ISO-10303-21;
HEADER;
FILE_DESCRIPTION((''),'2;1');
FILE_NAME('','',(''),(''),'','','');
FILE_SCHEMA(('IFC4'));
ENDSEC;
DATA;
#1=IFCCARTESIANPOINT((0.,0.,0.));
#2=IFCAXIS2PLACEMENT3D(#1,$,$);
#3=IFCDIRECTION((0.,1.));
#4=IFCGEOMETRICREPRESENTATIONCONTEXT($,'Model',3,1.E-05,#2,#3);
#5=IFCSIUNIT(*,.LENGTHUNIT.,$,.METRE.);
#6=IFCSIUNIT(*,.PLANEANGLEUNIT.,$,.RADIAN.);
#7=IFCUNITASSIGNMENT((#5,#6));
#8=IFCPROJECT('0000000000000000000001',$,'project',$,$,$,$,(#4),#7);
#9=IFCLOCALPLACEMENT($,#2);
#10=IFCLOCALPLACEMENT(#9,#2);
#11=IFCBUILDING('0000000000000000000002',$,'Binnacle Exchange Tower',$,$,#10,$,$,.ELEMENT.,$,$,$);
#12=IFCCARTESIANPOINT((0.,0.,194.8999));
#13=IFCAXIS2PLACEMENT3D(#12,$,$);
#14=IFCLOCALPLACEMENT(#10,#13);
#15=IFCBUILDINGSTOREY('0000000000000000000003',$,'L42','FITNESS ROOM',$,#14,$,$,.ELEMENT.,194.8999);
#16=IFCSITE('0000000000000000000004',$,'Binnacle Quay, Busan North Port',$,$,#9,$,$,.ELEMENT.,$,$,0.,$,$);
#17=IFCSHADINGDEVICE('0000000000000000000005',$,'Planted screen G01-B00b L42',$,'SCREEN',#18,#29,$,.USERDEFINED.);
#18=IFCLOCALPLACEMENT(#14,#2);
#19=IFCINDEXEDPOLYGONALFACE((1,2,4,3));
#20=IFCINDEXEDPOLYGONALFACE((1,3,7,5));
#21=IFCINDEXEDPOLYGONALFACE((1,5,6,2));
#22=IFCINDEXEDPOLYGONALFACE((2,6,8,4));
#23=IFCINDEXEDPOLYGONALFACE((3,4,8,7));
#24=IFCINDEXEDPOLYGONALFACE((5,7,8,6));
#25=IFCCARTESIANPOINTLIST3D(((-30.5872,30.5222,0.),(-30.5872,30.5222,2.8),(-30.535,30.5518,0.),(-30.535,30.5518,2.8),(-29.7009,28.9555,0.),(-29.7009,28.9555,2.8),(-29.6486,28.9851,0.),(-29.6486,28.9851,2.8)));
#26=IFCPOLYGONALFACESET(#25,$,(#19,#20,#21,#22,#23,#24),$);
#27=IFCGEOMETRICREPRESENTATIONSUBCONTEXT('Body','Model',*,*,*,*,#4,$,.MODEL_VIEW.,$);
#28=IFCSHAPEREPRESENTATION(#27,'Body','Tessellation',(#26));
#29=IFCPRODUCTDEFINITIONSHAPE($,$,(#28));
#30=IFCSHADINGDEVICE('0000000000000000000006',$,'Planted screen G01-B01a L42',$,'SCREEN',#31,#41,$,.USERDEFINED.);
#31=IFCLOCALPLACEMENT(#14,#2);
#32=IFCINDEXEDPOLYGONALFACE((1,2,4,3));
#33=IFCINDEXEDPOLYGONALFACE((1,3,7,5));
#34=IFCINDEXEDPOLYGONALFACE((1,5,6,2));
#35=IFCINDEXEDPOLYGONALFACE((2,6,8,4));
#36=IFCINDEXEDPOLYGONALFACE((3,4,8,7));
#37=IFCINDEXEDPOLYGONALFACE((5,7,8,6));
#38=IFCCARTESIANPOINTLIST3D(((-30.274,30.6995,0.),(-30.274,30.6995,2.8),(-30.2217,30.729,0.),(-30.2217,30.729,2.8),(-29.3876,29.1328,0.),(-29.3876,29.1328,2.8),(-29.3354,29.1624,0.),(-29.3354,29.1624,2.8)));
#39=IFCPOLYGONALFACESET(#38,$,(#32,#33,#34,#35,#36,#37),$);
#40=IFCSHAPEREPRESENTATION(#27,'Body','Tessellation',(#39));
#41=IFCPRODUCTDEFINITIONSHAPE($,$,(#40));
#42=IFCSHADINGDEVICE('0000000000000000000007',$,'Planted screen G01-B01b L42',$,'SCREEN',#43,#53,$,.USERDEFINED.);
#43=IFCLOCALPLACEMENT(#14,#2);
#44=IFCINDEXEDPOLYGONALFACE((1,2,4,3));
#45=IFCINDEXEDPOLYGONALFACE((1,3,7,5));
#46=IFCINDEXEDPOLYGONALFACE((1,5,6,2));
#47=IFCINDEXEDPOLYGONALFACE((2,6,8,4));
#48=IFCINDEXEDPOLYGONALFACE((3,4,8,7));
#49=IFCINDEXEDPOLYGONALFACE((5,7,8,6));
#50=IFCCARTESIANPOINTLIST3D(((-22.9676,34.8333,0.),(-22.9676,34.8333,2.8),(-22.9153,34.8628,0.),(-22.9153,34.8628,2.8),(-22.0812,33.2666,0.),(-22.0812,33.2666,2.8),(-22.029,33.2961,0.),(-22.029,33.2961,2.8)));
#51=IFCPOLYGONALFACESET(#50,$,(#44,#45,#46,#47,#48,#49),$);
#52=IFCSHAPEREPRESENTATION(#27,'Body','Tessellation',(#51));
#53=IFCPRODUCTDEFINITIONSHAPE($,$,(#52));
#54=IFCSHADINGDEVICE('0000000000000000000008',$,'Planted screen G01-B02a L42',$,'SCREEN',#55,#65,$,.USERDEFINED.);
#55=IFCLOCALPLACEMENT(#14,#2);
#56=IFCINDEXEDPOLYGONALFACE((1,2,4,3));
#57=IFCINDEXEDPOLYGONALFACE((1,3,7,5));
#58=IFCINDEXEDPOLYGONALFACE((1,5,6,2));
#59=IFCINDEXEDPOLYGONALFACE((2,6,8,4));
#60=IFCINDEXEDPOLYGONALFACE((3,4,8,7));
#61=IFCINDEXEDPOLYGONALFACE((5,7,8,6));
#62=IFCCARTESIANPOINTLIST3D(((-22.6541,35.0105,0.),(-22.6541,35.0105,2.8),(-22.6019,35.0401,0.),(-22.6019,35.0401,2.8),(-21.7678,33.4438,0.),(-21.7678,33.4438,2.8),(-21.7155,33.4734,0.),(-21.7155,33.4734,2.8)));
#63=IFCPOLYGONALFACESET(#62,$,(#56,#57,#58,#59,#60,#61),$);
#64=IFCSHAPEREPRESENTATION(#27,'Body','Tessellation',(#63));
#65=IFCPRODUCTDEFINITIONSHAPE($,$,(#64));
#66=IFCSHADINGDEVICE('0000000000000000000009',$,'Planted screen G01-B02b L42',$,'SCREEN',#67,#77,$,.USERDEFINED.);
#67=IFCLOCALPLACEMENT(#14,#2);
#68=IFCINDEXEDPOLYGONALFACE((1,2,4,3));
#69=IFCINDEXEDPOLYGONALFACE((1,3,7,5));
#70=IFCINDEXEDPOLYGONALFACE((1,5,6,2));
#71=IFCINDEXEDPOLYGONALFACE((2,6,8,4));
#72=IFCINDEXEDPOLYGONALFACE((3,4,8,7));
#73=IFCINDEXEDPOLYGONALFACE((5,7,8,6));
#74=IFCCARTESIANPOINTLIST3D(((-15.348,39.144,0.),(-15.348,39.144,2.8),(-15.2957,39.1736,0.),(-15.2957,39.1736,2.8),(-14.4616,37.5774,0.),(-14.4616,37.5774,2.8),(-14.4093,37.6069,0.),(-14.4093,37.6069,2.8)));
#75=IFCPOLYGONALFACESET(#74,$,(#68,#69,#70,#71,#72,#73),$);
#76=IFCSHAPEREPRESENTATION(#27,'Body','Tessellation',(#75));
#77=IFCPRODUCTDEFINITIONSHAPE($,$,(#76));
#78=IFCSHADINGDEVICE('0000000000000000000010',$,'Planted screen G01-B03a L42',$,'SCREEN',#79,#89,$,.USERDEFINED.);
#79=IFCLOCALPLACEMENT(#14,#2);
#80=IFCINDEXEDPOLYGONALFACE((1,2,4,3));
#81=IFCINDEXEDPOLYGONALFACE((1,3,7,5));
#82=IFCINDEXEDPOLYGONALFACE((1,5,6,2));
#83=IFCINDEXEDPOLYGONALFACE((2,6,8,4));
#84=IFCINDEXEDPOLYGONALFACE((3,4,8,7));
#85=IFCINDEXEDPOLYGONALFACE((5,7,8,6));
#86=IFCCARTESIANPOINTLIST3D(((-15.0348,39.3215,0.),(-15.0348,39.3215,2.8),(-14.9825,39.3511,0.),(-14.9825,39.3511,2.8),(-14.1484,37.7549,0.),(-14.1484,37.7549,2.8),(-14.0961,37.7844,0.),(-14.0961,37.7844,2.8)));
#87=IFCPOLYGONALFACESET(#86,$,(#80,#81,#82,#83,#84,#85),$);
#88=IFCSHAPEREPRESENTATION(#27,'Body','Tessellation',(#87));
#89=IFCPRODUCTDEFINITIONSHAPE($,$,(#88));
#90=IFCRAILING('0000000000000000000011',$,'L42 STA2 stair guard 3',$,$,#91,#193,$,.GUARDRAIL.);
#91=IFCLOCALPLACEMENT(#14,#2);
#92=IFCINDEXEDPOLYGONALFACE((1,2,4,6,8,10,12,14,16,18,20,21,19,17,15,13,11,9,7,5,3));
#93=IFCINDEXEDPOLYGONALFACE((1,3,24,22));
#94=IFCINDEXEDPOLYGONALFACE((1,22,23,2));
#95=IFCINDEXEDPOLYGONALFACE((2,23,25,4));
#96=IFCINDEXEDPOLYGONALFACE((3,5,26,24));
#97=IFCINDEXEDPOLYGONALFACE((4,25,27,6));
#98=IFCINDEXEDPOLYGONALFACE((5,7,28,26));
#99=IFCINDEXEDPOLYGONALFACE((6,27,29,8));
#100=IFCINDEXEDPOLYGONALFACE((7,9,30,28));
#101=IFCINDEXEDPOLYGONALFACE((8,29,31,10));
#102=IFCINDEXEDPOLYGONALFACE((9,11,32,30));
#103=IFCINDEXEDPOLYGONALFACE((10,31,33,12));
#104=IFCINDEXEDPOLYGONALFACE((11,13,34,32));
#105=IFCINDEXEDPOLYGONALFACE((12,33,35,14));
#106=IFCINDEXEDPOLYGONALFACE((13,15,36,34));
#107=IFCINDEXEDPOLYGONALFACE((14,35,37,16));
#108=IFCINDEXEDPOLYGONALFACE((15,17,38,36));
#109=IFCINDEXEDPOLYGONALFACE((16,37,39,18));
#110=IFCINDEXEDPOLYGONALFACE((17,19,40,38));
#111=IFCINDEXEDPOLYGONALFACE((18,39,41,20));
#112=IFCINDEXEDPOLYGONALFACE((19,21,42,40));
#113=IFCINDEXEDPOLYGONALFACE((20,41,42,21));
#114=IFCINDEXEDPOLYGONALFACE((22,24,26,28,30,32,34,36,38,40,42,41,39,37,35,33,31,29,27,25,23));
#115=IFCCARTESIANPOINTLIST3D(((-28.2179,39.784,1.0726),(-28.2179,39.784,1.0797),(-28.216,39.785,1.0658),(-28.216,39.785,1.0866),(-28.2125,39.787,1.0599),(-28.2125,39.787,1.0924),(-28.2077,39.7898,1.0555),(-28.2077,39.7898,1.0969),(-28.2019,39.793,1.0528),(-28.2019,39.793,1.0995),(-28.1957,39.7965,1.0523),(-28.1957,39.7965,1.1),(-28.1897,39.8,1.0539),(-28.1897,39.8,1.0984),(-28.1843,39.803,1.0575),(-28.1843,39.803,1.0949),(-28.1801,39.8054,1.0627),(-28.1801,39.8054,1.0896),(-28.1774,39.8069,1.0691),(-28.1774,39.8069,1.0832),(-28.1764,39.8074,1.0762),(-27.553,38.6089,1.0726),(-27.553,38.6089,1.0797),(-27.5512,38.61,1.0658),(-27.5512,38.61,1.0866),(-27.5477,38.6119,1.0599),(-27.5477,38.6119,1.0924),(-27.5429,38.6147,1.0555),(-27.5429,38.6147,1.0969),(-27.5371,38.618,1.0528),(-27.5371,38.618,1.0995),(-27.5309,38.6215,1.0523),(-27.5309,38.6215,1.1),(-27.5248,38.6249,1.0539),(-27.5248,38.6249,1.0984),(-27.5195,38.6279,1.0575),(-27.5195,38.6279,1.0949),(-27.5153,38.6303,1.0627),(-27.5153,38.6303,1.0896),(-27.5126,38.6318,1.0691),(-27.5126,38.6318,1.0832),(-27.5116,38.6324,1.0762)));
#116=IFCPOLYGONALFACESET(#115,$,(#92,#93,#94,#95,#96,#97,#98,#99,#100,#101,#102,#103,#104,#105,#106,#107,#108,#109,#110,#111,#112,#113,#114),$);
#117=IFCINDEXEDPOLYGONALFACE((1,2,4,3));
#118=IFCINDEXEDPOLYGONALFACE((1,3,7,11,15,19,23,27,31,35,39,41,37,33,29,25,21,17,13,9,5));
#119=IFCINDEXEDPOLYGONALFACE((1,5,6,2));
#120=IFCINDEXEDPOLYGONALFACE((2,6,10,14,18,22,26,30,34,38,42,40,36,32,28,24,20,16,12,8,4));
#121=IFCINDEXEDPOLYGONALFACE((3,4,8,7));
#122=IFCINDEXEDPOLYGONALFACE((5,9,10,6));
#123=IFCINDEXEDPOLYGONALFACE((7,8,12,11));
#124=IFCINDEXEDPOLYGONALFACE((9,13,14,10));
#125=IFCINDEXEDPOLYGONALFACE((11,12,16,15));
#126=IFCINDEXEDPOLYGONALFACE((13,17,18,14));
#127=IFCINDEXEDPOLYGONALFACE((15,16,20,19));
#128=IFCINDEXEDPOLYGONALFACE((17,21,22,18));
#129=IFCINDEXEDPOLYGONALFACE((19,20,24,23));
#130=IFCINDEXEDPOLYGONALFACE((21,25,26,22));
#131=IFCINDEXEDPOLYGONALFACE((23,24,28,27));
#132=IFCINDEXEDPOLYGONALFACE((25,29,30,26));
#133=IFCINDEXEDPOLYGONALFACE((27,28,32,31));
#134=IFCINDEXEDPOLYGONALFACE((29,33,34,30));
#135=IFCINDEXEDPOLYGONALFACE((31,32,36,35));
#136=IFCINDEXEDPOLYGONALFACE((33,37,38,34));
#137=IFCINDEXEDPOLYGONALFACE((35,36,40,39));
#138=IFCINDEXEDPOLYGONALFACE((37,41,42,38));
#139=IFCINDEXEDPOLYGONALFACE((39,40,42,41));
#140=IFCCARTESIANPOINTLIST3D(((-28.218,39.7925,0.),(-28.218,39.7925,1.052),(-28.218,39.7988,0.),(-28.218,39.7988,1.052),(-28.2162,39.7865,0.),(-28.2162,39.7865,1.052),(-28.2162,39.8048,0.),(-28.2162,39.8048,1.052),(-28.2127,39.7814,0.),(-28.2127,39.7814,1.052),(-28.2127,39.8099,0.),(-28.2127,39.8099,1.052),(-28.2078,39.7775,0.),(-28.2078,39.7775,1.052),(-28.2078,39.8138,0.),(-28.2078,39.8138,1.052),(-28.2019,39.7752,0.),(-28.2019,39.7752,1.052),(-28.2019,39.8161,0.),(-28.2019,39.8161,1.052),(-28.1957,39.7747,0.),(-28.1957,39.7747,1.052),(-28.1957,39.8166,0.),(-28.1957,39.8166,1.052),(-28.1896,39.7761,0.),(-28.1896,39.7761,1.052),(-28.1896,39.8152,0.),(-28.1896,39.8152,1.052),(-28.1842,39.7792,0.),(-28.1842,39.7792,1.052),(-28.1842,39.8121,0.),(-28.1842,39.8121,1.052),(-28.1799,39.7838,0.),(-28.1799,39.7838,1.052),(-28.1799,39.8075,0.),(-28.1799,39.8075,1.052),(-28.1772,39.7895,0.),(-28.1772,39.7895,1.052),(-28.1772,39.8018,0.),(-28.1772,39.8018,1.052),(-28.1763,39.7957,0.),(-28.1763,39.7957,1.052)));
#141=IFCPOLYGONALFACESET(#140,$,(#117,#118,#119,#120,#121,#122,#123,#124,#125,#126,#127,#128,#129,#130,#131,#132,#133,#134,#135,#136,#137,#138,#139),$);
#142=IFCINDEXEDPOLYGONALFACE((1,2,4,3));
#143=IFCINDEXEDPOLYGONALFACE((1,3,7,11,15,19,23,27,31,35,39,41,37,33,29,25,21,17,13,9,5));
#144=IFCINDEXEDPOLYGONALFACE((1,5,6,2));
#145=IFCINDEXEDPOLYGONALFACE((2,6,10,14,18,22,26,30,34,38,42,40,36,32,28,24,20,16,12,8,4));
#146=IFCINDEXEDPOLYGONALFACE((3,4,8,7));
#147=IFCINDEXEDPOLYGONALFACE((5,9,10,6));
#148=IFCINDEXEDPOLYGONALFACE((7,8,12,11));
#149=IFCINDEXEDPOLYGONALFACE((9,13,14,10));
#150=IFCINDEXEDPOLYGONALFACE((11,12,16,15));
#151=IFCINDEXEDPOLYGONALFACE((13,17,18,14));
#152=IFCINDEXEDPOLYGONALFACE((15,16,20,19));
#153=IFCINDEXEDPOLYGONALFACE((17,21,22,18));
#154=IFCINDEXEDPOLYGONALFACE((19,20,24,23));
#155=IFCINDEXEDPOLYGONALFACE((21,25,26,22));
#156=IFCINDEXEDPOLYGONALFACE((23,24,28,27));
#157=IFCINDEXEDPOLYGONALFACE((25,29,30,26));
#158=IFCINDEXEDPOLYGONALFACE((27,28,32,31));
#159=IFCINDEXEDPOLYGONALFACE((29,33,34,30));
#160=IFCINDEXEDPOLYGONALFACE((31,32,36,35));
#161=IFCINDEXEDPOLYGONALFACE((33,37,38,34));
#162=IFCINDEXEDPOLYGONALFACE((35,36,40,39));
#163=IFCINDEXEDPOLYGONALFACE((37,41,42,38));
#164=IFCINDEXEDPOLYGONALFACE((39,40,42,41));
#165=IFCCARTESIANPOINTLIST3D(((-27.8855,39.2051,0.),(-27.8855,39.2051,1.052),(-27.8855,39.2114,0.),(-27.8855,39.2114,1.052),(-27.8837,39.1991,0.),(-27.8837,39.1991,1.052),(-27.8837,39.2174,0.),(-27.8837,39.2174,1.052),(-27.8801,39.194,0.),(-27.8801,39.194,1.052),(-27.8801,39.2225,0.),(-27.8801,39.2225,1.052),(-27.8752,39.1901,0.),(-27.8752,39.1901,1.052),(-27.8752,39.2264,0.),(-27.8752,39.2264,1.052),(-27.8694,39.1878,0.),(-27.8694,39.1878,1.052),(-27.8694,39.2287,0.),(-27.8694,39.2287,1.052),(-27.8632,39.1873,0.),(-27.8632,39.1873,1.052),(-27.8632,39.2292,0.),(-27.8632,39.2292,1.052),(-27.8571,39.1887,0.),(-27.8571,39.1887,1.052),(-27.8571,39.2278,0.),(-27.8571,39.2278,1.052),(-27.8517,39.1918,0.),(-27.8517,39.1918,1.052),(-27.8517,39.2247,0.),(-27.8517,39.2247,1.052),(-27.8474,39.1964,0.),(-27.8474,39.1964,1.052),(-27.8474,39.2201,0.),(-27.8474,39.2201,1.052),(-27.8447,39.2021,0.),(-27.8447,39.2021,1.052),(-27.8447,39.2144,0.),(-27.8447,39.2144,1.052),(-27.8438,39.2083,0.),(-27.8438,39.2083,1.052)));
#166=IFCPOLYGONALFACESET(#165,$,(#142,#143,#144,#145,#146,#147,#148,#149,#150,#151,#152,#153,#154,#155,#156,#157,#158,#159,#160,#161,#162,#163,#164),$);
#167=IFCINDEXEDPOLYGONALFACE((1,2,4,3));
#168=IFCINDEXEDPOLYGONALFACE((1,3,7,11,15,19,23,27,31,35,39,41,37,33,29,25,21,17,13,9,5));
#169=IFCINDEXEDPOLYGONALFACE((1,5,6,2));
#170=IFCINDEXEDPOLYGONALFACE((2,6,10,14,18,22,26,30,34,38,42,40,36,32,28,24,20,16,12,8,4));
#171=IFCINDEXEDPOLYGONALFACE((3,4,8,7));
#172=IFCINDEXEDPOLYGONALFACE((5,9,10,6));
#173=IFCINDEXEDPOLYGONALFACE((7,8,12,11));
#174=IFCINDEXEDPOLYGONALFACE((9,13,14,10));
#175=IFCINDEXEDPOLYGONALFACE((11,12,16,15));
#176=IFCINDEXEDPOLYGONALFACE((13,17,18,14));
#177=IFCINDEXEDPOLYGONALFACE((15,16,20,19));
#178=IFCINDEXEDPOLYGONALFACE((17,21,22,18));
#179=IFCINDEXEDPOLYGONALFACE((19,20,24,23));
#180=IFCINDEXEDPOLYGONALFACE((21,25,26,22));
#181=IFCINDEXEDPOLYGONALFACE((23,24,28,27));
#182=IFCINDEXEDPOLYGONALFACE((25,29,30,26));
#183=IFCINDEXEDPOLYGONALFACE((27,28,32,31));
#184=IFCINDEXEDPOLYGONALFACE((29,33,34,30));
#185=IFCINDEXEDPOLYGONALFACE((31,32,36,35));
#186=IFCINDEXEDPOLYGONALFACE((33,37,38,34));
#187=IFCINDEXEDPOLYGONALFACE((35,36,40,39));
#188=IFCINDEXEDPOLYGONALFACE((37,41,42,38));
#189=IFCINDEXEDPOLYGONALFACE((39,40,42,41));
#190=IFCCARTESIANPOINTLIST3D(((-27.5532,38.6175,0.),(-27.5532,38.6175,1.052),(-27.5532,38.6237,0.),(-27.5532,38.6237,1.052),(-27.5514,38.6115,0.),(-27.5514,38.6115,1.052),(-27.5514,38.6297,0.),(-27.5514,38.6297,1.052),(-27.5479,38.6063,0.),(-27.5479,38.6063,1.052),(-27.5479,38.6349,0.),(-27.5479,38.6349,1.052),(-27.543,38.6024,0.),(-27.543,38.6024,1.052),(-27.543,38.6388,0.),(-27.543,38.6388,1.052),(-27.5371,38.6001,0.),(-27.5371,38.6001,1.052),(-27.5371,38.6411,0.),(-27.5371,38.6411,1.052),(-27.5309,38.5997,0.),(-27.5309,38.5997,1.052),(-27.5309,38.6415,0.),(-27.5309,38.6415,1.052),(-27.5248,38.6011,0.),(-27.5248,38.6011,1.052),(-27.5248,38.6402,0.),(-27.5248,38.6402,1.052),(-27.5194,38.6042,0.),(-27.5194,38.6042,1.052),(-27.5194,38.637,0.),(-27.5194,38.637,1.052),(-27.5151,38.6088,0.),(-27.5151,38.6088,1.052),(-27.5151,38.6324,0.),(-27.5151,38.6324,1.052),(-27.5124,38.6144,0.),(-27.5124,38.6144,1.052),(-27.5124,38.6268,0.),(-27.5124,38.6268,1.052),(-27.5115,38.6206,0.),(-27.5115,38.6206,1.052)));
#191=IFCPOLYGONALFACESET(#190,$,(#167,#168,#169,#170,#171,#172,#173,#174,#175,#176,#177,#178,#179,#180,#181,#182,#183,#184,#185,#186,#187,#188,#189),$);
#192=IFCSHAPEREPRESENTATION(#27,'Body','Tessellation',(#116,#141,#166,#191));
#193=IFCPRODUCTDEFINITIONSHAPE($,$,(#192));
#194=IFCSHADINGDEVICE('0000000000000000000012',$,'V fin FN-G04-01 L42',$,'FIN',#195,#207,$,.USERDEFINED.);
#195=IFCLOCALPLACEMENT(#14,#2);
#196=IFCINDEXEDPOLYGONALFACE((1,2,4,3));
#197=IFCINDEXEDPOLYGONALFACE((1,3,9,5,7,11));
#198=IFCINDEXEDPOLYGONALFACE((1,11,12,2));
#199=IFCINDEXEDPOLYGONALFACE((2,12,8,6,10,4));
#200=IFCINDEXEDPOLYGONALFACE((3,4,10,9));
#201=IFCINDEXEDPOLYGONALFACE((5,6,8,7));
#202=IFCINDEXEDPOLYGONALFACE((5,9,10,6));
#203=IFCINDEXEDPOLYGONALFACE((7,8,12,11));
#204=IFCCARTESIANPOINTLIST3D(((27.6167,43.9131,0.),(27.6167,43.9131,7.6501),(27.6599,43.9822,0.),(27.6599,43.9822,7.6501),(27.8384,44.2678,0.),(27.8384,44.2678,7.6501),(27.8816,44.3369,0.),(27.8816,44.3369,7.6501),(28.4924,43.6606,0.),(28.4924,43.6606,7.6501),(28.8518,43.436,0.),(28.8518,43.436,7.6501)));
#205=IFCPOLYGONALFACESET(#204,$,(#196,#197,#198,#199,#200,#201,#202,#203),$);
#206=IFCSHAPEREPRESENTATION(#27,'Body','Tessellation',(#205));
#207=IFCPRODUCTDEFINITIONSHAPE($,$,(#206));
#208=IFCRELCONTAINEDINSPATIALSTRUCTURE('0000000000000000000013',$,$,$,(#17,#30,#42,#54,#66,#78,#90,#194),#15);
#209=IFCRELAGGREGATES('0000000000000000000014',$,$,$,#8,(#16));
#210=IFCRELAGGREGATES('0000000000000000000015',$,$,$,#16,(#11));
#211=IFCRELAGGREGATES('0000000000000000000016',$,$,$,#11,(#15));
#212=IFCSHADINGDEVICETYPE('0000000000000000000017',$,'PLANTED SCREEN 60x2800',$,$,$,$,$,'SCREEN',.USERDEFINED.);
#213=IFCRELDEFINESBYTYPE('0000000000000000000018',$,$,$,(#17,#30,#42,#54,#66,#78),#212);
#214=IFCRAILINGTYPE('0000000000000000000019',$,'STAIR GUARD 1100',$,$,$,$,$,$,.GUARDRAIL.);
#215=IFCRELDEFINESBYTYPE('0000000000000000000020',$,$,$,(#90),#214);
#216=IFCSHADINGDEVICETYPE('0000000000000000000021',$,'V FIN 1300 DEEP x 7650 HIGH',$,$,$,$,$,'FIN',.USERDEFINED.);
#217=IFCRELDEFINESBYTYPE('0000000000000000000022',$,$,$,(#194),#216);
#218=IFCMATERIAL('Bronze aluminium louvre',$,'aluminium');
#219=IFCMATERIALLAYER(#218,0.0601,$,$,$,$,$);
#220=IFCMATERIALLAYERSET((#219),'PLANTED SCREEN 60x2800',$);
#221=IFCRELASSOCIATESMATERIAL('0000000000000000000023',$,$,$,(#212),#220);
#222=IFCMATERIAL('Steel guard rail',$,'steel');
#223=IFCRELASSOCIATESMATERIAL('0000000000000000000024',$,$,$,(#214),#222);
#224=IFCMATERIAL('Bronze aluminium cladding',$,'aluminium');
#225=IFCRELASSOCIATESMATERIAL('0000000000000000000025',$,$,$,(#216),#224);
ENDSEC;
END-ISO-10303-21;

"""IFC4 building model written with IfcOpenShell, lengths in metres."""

from ifc_helpers import new_model, si_unit, direction, frame, origin, origin_2d, place, context, subcontext, project, spatial, polyline, rectangle, circle, outline, extrude, material, layer, layer_set, type_object, element, save


model = new_model("IFC4")

# Units and contexts
model_context = context("Model", 3, precision=1e-05, world=origin(), true_north=direction((0.0, 1.0)))
body_context = subcontext(model_context, "Body", "Model", "MODEL_VIEW")
ifc_project = project(units=[si_unit("LENGTHUNIT", "METRE"), si_unit("PLANEANGLEUNIT", "RADIAN")], contexts=[model_context])

# Site, building, storey
site_placement = place(None, origin())
site = spatial("IfcSite", under=ifc_project, at=site_placement, Name="Binnacle Quay, Busan North Port", CompositionType="ELEMENT", RefElevation=0.0)
building_placement = place(site_placement, origin())
building = spatial("IfcBuilding", under=site, at=building_placement, Name="Binnacle Exchange Tower", CompositionType="ELEMENT")
storey_placement = place(building_placement, frame((0.0, 0.0, 194.8999)))
storey = spatial("IfcBuildingStorey", under=building, at=storey_placement, Name="L42", Description="FITNESS ROOM", CompositionType="ELEMENT", Elevation=194.8999)

# Shading devices
ifc_material_1 = material(Name="Bronze aluminium louvre", Category="aluminium")
ifc_layer_1 = layer(ifc_material_1, 0.0601)
ifc_layer_set_1 = layer_set([ifc_layer_1], Name="PLANTED SCREEN 60x2800")
shading_device_type_1 = type_object("IfcShadingDeviceType", Name="PLANTED SCREEN 60x2800", ElementType="SCREEN", PredefinedType="USERDEFINED", material=ifc_layer_set_1)
for number, where, z_axis, x_axis, name in (
    (1, (-30.1179, 29.7537, 0.0), (0.0, 0.0, 1.0), (0.870356, 0.492424, 0.0), "Planted screen G01-B00b L42"),
    (2, (-29.8047, 29.9309, 0.0), (0.0, 0.0, 1.0), (0.870356, 0.492424, 0.0), "Planted screen G01-B01a L42"),
    (3, (-22.4983, 34.0647, 0.0), (0.0, 0.0, 1.0), (0.870356, 0.492424, 0.0), "Planted screen G01-B01b L42"),
    (4, (-22.1848, 34.2419, 0.0), (0.0, 0.0, 1.0), (0.870356, 0.492424, 0.0), "Planted screen G01-B02a L42"),
    (5, (-14.8787, 38.3755, 0.0), (0.0, 0.0, 1.0), (0.870356, 0.492424, 0.0), "Planted screen G01-B02b L42"),
    (6, (-14.5654, 38.553, 0.0), (0.0, 0.0, 1.0), (0.870356, 0.492424, 0.0), "Planted screen G01-B03a L42"),
):
    element("IfcShadingDevice", number, at=place(storey_placement, frame(where, z_axis=z_axis, x_axis=x_axis)), inside=storey, type_object=shading_device_type_1, Name=name, ObjectType="SCREEN", PredefinedType="USERDEFINED", context=body_context, shape_type="SweptSolid", body=[
        extrude(rectangle(XDim=0.0601, YDim=1.8, at=origin_2d()), origin(), (0.0, 0.0, 1.0), 2.8),
    ])

# Railing
ifc_material_2 = material(Name="Steel guard rail", Category="steel")
railing_type_1 = type_object("IfcRailingType", Name="STAIR GUARD 1100", PredefinedType="GUARDRAIL", material=ifc_material_2)
railing_1_placement = place(storey_placement, frame((-28.1973, 39.7957, 0.0)))
element("IfcRailing", 7, at=railing_1_placement, inside=storey, type_object=railing_type_1, Name="L42 STA2 stair guard 3", PredefinedType="GUARDRAIL", context=body_context, shape_type="SweptSolid", body=[
    extrude(circle(Radius=0.0239, at=origin_2d()), frame((0.0, 0.0, 1.0762), z_axis=(0.492415, -0.870361, 0.0), x_axis=(0.870361, 0.492415, 0.0)), (0.0, 0.0, 1.0), 1.3501),
    extrude(circle(Radius=0.021, at=origin_2d()), origin(), (0.0, 0.0, 1.0), 1.052),
    extrude(circle(Radius=0.021, at=origin_2d()), frame((0.3325, -0.5874, 0.0)), (0.0, 0.0, 1.0), 1.052),
    extrude(circle(Radius=0.021, at=origin_2d()), frame((0.6648, -1.175, 0.0)), (0.0, 0.0, 1.0), 1.052),
])

# Shading device
ifc_material_3 = material(Name="Bronze aluminium cladding", Category="aluminium")
shading_device_type_2 = type_object("IfcShadingDeviceType", Name="V FIN 1300 DEEP x 7650 HIGH", ElementType="FIN", PredefinedType="USERDEFINED", material=ifc_material_3)
shading_device_1_placement = place(storey_placement, origin())
element("IfcShadingDevice", 8, at=shading_device_1_placement, inside=storey, type_object=shading_device_type_2, Name="V fin FN-G04-01 L42", ObjectType="FIN", PredefinedType="USERDEFINED", context=body_context, shape_type="SweptSolid", body=[
    extrude(outline(polyline([(27.6167, 43.9131), (28.8518, 43.436), (27.8816, 44.3369), (27.8384, 44.2678), (28.4924, 43.6606), (27.6599, 43.9822), (27.6167, 43.9131)])), origin(), (0.0, 0.0, 1.0), 7.6501),
])

save(model, "model.ifc")
